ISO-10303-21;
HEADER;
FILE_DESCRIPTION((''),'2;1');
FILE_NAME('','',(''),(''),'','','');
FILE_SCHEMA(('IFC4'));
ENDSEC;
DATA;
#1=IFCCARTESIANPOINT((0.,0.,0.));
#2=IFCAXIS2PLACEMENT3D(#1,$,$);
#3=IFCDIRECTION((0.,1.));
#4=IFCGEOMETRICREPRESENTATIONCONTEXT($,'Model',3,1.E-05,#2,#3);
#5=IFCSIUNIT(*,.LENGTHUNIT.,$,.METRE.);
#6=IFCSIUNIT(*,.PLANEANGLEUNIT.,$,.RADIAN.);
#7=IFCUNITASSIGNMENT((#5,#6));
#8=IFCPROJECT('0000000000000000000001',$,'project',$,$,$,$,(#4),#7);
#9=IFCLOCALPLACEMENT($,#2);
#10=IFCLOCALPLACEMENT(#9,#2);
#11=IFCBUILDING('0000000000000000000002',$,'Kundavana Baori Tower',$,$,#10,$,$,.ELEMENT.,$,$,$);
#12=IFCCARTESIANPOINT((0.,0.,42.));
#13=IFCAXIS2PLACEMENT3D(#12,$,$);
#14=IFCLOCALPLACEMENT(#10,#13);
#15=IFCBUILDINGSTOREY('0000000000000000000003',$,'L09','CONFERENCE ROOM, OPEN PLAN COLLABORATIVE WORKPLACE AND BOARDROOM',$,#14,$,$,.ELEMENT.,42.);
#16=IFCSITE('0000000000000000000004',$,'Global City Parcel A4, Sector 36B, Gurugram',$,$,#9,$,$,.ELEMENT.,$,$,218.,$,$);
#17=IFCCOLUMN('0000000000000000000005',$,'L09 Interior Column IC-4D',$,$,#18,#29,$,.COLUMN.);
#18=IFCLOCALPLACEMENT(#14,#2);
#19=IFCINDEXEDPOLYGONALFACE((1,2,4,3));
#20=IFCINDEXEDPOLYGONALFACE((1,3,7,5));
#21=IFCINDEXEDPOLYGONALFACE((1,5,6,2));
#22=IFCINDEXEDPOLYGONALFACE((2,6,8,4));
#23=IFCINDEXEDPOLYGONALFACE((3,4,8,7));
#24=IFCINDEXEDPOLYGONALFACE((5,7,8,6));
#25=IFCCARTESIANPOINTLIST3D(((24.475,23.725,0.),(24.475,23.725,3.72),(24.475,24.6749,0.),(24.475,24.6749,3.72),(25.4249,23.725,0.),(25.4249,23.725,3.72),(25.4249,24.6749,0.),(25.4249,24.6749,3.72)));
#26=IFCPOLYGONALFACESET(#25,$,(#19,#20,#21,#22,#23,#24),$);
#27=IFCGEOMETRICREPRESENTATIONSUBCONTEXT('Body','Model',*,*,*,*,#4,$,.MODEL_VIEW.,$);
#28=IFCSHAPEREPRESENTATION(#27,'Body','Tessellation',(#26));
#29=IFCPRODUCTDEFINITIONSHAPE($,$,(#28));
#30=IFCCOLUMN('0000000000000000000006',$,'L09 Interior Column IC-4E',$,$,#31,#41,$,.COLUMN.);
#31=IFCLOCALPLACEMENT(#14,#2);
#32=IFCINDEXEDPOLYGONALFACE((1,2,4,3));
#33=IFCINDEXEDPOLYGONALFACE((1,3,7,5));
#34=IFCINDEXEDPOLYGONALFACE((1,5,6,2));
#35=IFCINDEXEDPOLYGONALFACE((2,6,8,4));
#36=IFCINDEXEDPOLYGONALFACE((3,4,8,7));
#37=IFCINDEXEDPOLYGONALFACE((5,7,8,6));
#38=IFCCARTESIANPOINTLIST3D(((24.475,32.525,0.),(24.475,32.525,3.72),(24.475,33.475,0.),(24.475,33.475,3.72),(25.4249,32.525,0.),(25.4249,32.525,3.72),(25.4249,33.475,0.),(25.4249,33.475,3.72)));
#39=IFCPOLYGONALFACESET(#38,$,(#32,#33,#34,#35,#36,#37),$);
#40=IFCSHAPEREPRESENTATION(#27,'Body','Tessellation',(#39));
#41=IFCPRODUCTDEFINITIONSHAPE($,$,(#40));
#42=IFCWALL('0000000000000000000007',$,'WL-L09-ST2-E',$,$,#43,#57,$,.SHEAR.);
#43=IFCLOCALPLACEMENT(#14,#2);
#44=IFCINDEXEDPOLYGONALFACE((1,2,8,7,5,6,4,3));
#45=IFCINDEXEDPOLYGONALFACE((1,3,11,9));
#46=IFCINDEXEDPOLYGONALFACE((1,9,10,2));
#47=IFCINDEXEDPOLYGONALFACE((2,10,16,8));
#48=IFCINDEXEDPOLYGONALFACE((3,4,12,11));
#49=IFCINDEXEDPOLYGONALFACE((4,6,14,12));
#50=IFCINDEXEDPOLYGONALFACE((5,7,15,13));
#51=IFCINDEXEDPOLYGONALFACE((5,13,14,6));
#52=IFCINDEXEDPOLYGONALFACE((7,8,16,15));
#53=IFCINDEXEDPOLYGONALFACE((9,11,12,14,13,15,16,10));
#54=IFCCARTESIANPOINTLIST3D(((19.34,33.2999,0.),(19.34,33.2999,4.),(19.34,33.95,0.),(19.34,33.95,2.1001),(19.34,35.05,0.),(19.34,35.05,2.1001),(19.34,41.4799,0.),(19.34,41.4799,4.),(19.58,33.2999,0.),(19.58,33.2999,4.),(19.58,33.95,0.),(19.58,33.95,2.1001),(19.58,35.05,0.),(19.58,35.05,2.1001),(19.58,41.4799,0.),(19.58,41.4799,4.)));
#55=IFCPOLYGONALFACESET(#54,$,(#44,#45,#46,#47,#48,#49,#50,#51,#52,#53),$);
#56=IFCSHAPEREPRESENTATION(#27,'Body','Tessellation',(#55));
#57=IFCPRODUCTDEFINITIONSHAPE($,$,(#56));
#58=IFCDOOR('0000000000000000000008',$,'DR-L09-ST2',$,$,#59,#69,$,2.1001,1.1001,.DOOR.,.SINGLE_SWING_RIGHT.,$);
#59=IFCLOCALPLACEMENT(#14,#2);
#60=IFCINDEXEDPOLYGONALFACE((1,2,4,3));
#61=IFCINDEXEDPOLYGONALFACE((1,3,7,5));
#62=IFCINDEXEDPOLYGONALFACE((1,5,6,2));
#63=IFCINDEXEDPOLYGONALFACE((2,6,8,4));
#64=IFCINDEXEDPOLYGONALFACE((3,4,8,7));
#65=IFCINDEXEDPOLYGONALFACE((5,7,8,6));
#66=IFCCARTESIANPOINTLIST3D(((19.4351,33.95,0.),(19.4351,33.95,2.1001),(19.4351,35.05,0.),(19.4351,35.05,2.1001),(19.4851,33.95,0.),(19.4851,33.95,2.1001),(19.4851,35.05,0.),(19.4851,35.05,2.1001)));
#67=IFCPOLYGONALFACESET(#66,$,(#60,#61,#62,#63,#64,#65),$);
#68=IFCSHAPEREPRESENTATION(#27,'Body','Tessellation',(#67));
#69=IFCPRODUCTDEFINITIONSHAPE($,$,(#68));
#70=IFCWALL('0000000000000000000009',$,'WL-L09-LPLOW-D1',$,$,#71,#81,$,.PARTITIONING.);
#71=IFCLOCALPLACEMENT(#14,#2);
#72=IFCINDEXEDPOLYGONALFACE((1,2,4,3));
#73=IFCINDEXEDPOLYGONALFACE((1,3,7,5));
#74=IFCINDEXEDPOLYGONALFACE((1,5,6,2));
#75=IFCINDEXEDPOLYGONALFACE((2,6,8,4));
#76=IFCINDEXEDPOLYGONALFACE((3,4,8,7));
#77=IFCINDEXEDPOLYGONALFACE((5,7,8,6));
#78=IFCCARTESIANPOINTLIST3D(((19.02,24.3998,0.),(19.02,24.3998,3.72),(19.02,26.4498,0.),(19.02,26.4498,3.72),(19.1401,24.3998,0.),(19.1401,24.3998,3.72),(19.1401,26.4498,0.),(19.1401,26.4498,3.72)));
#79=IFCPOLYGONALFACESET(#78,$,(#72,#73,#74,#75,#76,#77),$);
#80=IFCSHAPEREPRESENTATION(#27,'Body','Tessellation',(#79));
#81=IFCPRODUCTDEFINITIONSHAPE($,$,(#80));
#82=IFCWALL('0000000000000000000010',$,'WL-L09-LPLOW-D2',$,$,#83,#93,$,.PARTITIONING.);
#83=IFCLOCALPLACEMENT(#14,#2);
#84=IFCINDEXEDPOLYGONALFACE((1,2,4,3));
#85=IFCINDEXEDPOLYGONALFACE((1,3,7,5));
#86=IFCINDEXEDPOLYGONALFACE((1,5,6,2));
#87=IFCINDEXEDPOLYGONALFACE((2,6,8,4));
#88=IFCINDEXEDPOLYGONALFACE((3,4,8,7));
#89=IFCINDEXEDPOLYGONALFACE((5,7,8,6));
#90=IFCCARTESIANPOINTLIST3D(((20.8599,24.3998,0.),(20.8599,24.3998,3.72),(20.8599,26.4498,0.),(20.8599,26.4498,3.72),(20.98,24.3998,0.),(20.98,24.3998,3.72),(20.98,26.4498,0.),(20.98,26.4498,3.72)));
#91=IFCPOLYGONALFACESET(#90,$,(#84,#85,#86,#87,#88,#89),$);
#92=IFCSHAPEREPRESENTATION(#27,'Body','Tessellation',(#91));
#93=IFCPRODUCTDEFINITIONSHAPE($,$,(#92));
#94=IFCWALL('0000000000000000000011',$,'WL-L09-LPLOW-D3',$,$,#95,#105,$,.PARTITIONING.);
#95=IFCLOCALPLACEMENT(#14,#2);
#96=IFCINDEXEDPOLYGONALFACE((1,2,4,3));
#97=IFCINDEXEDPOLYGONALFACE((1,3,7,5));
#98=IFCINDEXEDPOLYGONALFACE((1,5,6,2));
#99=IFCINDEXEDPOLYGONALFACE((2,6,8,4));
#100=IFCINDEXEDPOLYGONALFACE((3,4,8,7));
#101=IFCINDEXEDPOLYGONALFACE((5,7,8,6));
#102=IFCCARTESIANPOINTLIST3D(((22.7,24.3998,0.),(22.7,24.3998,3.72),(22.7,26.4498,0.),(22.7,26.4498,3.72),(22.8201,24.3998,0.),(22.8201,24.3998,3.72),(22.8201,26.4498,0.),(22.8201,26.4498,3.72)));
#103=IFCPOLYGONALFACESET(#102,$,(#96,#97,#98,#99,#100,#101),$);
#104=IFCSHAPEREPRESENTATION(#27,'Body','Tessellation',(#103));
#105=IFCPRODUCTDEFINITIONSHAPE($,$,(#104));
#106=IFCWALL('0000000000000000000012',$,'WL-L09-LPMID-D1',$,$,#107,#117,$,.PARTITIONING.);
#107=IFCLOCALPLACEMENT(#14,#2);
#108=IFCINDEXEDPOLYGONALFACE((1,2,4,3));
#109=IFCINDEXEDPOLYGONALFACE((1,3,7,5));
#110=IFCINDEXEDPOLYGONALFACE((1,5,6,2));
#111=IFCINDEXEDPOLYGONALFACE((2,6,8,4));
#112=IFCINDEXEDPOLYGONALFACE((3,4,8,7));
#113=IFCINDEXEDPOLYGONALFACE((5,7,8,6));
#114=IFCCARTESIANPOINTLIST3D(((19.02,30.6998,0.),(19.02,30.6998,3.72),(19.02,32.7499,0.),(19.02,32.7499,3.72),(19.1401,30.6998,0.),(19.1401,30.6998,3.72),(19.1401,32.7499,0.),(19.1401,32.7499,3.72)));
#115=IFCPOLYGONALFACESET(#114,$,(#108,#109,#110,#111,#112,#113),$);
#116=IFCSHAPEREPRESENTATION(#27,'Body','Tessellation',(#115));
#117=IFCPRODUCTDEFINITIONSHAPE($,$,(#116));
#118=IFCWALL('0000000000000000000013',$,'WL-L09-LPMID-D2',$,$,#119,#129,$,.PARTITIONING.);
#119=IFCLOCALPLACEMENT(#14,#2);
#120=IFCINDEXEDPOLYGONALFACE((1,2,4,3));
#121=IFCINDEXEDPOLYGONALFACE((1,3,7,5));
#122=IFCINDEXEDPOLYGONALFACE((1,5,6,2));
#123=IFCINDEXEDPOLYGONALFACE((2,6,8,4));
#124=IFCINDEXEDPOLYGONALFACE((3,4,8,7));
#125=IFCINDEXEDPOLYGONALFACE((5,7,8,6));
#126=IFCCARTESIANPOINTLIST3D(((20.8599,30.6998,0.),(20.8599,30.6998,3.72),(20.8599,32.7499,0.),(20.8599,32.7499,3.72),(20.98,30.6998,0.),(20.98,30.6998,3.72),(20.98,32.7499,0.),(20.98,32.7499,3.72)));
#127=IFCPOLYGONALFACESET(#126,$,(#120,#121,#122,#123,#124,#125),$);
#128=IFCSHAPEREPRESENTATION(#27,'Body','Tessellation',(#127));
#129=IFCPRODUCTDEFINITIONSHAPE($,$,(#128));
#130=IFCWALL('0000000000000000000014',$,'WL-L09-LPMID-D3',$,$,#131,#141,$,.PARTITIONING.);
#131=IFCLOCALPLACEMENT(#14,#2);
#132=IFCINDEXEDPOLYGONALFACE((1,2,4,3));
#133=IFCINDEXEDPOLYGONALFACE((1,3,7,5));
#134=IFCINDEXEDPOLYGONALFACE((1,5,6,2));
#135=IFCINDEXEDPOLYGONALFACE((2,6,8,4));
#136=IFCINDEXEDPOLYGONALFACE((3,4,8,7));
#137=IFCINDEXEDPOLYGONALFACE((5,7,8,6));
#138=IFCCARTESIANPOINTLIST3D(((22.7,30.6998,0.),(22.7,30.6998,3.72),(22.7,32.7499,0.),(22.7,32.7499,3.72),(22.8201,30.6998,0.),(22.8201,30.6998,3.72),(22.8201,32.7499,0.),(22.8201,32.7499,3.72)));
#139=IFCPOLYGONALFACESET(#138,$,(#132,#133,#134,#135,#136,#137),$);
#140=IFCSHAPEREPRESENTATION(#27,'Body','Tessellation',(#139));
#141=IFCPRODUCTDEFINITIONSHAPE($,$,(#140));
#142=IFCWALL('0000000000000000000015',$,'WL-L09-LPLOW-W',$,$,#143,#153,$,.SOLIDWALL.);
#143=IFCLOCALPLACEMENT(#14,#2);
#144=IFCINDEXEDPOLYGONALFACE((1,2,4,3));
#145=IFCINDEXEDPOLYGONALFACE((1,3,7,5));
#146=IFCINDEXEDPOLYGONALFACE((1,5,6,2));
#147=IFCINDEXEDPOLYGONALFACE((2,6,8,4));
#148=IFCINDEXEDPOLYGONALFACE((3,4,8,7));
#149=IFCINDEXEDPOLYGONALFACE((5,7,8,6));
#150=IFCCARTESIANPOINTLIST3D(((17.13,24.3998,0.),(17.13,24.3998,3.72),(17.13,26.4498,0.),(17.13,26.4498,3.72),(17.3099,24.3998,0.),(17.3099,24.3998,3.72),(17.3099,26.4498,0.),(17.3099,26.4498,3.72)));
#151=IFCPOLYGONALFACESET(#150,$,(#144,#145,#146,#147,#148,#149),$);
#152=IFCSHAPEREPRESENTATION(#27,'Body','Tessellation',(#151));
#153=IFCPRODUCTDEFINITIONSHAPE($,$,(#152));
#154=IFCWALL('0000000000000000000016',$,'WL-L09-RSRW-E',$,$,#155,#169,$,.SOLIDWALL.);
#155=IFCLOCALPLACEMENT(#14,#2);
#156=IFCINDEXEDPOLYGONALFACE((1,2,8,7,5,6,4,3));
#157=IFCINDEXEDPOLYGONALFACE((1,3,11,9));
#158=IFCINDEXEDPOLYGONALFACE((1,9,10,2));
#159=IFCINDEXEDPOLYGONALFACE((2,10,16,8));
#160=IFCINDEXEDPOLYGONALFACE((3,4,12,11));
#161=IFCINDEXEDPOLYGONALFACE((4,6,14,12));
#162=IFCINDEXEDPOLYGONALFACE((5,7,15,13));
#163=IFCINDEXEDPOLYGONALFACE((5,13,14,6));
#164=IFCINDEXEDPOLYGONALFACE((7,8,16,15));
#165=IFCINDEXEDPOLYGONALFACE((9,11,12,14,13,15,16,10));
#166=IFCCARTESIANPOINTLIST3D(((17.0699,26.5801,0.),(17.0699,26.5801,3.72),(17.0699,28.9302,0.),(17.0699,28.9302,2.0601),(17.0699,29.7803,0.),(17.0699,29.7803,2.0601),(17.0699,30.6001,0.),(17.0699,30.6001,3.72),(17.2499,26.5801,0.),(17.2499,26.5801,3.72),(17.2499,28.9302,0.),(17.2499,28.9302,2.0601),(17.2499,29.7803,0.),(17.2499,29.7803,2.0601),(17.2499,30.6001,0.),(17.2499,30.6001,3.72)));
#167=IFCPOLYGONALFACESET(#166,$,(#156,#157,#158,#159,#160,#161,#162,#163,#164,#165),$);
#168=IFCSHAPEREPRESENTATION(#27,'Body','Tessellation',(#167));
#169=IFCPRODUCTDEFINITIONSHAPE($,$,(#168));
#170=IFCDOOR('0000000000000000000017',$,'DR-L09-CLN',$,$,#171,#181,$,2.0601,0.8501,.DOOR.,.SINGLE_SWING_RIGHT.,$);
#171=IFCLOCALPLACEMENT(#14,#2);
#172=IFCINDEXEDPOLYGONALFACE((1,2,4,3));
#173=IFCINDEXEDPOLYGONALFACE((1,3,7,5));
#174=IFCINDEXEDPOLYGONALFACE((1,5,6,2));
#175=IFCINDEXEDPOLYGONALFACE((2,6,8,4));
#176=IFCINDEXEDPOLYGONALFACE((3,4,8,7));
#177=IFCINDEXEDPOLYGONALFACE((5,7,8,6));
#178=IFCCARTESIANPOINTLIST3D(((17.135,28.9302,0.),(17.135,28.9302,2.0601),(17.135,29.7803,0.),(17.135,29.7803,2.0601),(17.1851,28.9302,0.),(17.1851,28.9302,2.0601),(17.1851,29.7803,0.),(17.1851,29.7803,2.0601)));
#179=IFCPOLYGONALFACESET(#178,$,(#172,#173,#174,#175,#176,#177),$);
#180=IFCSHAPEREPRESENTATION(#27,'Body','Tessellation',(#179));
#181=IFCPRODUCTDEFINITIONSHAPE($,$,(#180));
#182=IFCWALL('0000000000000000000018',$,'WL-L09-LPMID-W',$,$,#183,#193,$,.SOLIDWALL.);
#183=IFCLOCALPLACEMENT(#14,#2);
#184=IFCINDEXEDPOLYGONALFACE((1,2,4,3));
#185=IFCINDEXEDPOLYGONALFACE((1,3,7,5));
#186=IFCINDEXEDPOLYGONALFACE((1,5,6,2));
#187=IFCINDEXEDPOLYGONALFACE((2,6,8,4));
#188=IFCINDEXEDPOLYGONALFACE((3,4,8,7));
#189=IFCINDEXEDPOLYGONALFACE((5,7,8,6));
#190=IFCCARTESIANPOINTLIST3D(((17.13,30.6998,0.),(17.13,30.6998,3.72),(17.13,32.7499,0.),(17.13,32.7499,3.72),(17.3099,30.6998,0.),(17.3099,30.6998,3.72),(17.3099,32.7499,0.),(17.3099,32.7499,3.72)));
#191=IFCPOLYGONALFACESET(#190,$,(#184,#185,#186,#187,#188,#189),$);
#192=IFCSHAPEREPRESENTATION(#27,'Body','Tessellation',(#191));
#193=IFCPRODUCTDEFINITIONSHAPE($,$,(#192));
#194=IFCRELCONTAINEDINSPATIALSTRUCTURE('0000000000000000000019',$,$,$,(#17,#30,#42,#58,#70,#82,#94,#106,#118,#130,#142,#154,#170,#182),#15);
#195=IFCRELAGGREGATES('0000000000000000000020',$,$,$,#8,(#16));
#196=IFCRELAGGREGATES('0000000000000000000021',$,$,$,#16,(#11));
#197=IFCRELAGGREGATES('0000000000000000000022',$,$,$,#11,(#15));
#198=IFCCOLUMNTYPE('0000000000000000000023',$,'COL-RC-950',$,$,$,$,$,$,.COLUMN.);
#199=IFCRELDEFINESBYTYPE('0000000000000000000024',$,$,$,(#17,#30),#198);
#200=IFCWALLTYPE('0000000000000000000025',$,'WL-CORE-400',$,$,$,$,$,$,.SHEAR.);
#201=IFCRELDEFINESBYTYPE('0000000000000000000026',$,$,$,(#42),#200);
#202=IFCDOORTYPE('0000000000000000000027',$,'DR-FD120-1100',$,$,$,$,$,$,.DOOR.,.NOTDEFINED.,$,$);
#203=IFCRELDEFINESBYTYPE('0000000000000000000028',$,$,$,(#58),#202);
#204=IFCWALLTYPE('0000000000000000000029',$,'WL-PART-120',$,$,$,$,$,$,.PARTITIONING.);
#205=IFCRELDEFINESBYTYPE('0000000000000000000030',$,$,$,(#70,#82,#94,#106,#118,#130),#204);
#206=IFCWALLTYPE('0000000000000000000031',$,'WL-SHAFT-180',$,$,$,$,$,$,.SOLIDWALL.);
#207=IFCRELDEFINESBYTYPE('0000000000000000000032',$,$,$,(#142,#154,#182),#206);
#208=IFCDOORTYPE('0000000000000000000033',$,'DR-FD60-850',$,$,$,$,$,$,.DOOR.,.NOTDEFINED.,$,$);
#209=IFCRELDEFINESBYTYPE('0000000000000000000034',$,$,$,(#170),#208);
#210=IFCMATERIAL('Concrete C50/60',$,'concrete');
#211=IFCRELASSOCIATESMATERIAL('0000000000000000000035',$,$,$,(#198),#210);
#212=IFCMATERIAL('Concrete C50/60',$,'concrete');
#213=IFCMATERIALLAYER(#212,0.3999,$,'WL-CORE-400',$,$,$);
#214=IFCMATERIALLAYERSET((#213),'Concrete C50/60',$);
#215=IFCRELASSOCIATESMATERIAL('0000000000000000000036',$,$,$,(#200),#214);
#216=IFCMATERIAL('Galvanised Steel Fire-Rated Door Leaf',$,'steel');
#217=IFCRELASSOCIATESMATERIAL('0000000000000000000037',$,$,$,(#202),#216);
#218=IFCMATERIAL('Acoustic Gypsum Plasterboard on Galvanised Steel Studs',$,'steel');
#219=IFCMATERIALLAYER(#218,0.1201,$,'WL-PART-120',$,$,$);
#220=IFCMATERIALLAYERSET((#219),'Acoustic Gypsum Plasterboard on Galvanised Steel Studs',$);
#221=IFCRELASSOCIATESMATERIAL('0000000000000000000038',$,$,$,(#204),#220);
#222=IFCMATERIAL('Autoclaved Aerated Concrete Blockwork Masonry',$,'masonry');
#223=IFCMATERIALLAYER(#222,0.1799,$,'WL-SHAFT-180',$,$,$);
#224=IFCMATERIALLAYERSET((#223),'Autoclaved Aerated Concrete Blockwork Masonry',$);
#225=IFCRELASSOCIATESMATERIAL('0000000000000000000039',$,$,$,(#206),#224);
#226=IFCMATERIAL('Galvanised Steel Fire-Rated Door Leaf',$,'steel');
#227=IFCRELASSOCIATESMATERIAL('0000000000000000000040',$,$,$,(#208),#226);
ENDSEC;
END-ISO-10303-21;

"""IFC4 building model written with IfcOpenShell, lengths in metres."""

from ifc_helpers import new_model, si_unit, direction, frame, frame_2d, origin, origin_2d, place, context, subcontext, project, spatial, rectangle, extrude, material, layer, layer_set, material_profile, profile_set, type_object, element, fill, save


model = new_model("IFC4")

# Units and contexts
model_context = context("Model", 3, precision=1e-05, world=origin(), true_north=direction((0.0, 1.0)))
body_context = subcontext(model_context, "Body", "Model", "MODEL_VIEW")
ifc_project = project(units=[si_unit("LENGTHUNIT", "METRE"), si_unit("PLANEANGLEUNIT", "RADIAN")], contexts=[model_context])

# Site, building, storey
site_placement = place(None, origin())
site = spatial("IfcSite", under=ifc_project, at=site_placement, Name="Global City Parcel A4, Sector 36B, Gurugram", CompositionType="ELEMENT", RefElevation=218.0)
building_placement = place(site_placement, origin())
building = spatial("IfcBuilding", under=site, at=building_placement, Name="Kundavana Baori Tower", CompositionType="ELEMENT")
storey_placement = place(building_placement, frame((0.0, 0.0, 42.0)))
storey = spatial("IfcBuildingStorey", under=building, at=storey_placement, Name="L09", Description="CONFERENCE ROOM, OPEN PLAN COLLABORATIVE WORKPLACE AND BOARDROOM", CompositionType="ELEMENT", Elevation=42.0)

# Columns
ifc_material_1 = material(Name="Concrete C50/60", Category="concrete")
ifc_material_profile = material_profile(ifc_material_1, rectangle(XDim=0.95, YDim=0.95, at=origin_2d()), Name="RC 950x950")
ifc_profile_set = profile_set([ifc_material_profile], Name="Concrete C50/60")
column_type = type_object("IfcColumnType", Name="COL-RC-950", PredefinedType="COLUMN", material=ifc_profile_set)
for number, where, z_axis, x_axis, name in (
    (1, (24.95, 24.2, 0.0), (0.0, 0.0, 1.0), (1.0, 0.0, 0.0), "L09 Interior Column IC-4D"),
    (2, (24.95, 33.0, 0.0), (0.0, 0.0, 1.0), (1.0, 0.0, 0.0), "L09 Interior Column IC-4E"),
):
    element("IfcColumn", number, at=place(storey_placement, frame(where, z_axis=z_axis, x_axis=x_axis)), inside=storey, type_object=column_type, Name=name, PredefinedType="COLUMN", context=body_context, shape_type="SweptSolid", body=[
        extrude(rectangle(XDim=0.95, YDim=0.95, at=origin_2d()), origin(), (0.0, 0.0, 1.0), 3.72),
    ])

# Wall, opening, door
ifc_material_2 = material(Name="Concrete C50/60", Category="concrete")
ifc_layer_1 = layer(ifc_material_2, 0.3999, Name="WL-CORE-400")
ifc_layer_set_1 = layer_set([ifc_layer_1], Name="Concrete C50/60")
wall_type_1 = type_object("IfcWallType", Name="WL-CORE-400", PredefinedType="SHEAR", material=ifc_layer_set_1)
wall_1_placement = place(storey_placement, frame((19.46, 33.3, 0.0), z_axis=(0.0, 0.0, 1.0), x_axis=(0.0, 1.0, 0.0)))
wall_1 = element("IfcWall", 3, at=wall_1_placement, inside=storey, type_object=wall_type_1, Name="WL-L09-ST2-E", PredefinedType="SHEAR", context=body_context, shape_type="SweptSolid", body=[
    extrude(rectangle(XDim=8.1799, YDim=0.24, at=frame_2d((4.0898, 0.0))), origin(), (0.0, 0.0, 1.0), 4.0),
])
opening_1_placement = place(wall_1_placement, frame((0.6499, 0.0, 0.0)))
opening_1 = element("IfcOpeningElement", 4, at=opening_1_placement, cuts=wall_1, PredefinedType="OPENING", context=body_context, shape_type="SweptSolid", body=[
    extrude(rectangle(XDim=1.1001, YDim=2.1001, at=frame_2d((0.55, 1.05))), frame((0.0, 0.1299, 0.0), z_axis=(0.0, -1.0, 0.0), x_axis=(1.0, 0.0, 0.0)), (0.0, 0.0, 1.0), 0.26),
])
ifc_material_3 = material(Name="Galvanised Steel Fire-Rated Door Leaf", Category="steel")
door_type_1 = type_object("IfcDoorType", Name="DR-FD120-1100", OperationType="NOTDEFINED", PredefinedType="DOOR", material=ifc_material_3)
door_1_placement = place(opening_1_placement, origin())
door_1 = element("IfcDoor", 5, at=door_1_placement, inside=storey, type_object=door_type_1, Name="DR-L09-ST2", OperationType="SINGLE_SWING_RIGHT", OverallHeight=2.1001, OverallWidth=1.1001, PredefinedType="DOOR", context=body_context, shape_type="SweptSolid", body=[
    extrude(rectangle(XDim=1.1001, YDim=2.1001, at=frame_2d((0.55, 1.05))), frame((0.0, 0.0249, 0.0), z_axis=(0.0, -1.0, 0.0), x_axis=(1.0, 0.0, 0.0)), (0.0, 0.0, 1.0), 0.05),
])
fill(opening_1, door_1)

# Walls
ifc_material_4 = material(Name="Acoustic Gypsum Plasterboard on Galvanised Steel Studs", Category="steel")
ifc_layer_2 = layer(ifc_material_4, 0.1201, Name="WL-PART-120")
ifc_layer_set_2 = layer_set([ifc_layer_2], Name="Acoustic Gypsum Plasterboard on Galvanised Steel Studs")
wall_type_2 = type_object("IfcWallType", Name="WL-PART-120", PredefinedType="PARTITIONING", material=ifc_layer_set_2)
for number, where, z_axis, x_axis, name in (
    (6, (19.0801, 24.3999, 0.0), (0.0, 0.0, 1.0), (0.0, 1.0, 0.0), "WL-L09-LPLOW-D1"),
    (7, (20.9199, 24.3999, 0.0), (0.0, 0.0, 1.0), (0.0, 1.0, 0.0), "WL-L09-LPLOW-D2"),
    (8, (22.76, 24.3999, 0.0), (0.0, 0.0, 1.0), (0.0, 1.0, 0.0), "WL-L09-LPLOW-D3"),
    (9, (19.0801, 30.7, 0.0), (0.0, 0.0, 1.0), (0.0, 1.0, 0.0), "WL-L09-LPMID-D1"),
    (10, (20.9199, 30.7, 0.0), (0.0, 0.0, 1.0), (0.0, 1.0, 0.0), "WL-L09-LPMID-D2"),
    (11, (22.76, 30.7, 0.0), (0.0, 0.0, 1.0), (0.0, 1.0, 0.0), "WL-L09-LPMID-D3"),
):
    element("IfcWall", number, at=place(storey_placement, frame(where, z_axis=z_axis, x_axis=x_axis)), inside=storey, type_object=wall_type_2, Name=name, PredefinedType="PARTITIONING", context=body_context, shape_type="SweptSolid", body=[
        extrude(rectangle(XDim=2.05, YDim=0.1201, at=frame_2d((1.0249, 0.0))), origin(), (0.0, 0.0, 1.0), 3.72),
    ])
ifc_material_5 = material(Name="Autoclaved Aerated Concrete Blockwork Masonry", Category="masonry")
ifc_layer_3 = layer(ifc_material_5, 0.1799, Name="WL-SHAFT-180")
ifc_layer_set_3 = layer_set([ifc_layer_3], Name="Autoclaved Aerated Concrete Blockwork Masonry")
wall_type_3 = type_object("IfcWallType", Name="WL-SHAFT-180", PredefinedType="SOLIDWALL", material=ifc_layer_set_3)
wall_2_placement = place(storey_placement, frame((17.22, 24.3999, 0.0), z_axis=(0.0, 0.0, 1.0), x_axis=(0.0, 1.0, 0.0)))
element("IfcWall", 12, at=wall_2_placement, inside=storey, type_object=wall_type_3, Name="WL-L09-LPLOW-W", PredefinedType="SOLIDWALL", context=body_context, shape_type="SweptSolid", body=[
    extrude(rectangle(XDim=2.05, YDim=0.1799, at=frame_2d((1.0249, 0.0))), origin(), (0.0, 0.0, 1.0), 3.72),
])

# Wall, opening, door
wall_3_placement = place(storey_placement, frame((17.1599, 26.5801, 0.0), z_axis=(0.0, 0.0, 1.0), x_axis=(0.0, 1.0, 0.0)))
wall_3 = element("IfcWall", 13, at=wall_3_placement, inside=storey, type_object=wall_type_3, Name="WL-L09-RSRW-E", PredefinedType="SOLIDWALL", context=body_context, shape_type="SweptSolid", body=[
    extrude(rectangle(XDim=4.02, YDim=0.1799, at=frame_2d((2.01, 0.0))), origin(), (0.0, 0.0, 1.0), 3.72),
])
opening_2_placement = place(wall_3_placement, frame((2.3501, 0.0, 0.0)))
opening_2 = element("IfcOpeningElement", 14, at=opening_2_placement, cuts=wall_3, PredefinedType="OPENING", context=body_context, shape_type="SweptSolid", body=[
    extrude(rectangle(XDim=0.8501, YDim=2.0601, at=frame_2d((0.425, 1.03))), frame((0.0, 0.1001, 0.0), z_axis=(0.0, -1.0, 0.0), x_axis=(1.0, 0.0, 0.0)), (0.0, 0.0, 1.0), 0.2),
])
ifc_material_6 = material(Name="Galvanised Steel Fire-Rated Door Leaf", Category="steel")
door_type_2 = type_object("IfcDoorType", Name="DR-FD60-850", OperationType="NOTDEFINED", PredefinedType="DOOR", material=ifc_material_6)
door_2_placement = place(opening_2_placement, origin())
door_2 = element("IfcDoor", 15, at=door_2_placement, inside=storey, type_object=door_type_2, Name="DR-L09-CLN", OperationType="SINGLE_SWING_RIGHT", OverallHeight=2.0601, OverallWidth=0.8501, PredefinedType="DOOR", context=body_context, shape_type="SweptSolid", body=[
    extrude(rectangle(XDim=0.8501, YDim=2.0601, at=frame_2d((0.425, 1.03))), frame((0.0, 0.0249, 0.0), z_axis=(0.0, -1.0, 0.0), x_axis=(1.0, 0.0, 0.0)), (0.0, 0.0, 1.0), 0.05),
])
fill(opening_2, door_2)

# Wall
wall_4_placement = place(storey_placement, frame((17.22, 30.7, 0.0), z_axis=(0.0, 0.0, 1.0), x_axis=(0.0, 1.0, 0.0)))
element("IfcWall", 16, at=wall_4_placement, inside=storey, type_object=wall_type_3, Name="WL-L09-LPMID-W", PredefinedType="SOLIDWALL", context=body_context, shape_type="SweptSolid", body=[
    extrude(rectangle(XDim=2.05, YDim=0.1799, at=frame_2d((1.0249, 0.0))), origin(), (0.0, 0.0, 1.0), 3.72),
])

save(model, "model.ifc")
